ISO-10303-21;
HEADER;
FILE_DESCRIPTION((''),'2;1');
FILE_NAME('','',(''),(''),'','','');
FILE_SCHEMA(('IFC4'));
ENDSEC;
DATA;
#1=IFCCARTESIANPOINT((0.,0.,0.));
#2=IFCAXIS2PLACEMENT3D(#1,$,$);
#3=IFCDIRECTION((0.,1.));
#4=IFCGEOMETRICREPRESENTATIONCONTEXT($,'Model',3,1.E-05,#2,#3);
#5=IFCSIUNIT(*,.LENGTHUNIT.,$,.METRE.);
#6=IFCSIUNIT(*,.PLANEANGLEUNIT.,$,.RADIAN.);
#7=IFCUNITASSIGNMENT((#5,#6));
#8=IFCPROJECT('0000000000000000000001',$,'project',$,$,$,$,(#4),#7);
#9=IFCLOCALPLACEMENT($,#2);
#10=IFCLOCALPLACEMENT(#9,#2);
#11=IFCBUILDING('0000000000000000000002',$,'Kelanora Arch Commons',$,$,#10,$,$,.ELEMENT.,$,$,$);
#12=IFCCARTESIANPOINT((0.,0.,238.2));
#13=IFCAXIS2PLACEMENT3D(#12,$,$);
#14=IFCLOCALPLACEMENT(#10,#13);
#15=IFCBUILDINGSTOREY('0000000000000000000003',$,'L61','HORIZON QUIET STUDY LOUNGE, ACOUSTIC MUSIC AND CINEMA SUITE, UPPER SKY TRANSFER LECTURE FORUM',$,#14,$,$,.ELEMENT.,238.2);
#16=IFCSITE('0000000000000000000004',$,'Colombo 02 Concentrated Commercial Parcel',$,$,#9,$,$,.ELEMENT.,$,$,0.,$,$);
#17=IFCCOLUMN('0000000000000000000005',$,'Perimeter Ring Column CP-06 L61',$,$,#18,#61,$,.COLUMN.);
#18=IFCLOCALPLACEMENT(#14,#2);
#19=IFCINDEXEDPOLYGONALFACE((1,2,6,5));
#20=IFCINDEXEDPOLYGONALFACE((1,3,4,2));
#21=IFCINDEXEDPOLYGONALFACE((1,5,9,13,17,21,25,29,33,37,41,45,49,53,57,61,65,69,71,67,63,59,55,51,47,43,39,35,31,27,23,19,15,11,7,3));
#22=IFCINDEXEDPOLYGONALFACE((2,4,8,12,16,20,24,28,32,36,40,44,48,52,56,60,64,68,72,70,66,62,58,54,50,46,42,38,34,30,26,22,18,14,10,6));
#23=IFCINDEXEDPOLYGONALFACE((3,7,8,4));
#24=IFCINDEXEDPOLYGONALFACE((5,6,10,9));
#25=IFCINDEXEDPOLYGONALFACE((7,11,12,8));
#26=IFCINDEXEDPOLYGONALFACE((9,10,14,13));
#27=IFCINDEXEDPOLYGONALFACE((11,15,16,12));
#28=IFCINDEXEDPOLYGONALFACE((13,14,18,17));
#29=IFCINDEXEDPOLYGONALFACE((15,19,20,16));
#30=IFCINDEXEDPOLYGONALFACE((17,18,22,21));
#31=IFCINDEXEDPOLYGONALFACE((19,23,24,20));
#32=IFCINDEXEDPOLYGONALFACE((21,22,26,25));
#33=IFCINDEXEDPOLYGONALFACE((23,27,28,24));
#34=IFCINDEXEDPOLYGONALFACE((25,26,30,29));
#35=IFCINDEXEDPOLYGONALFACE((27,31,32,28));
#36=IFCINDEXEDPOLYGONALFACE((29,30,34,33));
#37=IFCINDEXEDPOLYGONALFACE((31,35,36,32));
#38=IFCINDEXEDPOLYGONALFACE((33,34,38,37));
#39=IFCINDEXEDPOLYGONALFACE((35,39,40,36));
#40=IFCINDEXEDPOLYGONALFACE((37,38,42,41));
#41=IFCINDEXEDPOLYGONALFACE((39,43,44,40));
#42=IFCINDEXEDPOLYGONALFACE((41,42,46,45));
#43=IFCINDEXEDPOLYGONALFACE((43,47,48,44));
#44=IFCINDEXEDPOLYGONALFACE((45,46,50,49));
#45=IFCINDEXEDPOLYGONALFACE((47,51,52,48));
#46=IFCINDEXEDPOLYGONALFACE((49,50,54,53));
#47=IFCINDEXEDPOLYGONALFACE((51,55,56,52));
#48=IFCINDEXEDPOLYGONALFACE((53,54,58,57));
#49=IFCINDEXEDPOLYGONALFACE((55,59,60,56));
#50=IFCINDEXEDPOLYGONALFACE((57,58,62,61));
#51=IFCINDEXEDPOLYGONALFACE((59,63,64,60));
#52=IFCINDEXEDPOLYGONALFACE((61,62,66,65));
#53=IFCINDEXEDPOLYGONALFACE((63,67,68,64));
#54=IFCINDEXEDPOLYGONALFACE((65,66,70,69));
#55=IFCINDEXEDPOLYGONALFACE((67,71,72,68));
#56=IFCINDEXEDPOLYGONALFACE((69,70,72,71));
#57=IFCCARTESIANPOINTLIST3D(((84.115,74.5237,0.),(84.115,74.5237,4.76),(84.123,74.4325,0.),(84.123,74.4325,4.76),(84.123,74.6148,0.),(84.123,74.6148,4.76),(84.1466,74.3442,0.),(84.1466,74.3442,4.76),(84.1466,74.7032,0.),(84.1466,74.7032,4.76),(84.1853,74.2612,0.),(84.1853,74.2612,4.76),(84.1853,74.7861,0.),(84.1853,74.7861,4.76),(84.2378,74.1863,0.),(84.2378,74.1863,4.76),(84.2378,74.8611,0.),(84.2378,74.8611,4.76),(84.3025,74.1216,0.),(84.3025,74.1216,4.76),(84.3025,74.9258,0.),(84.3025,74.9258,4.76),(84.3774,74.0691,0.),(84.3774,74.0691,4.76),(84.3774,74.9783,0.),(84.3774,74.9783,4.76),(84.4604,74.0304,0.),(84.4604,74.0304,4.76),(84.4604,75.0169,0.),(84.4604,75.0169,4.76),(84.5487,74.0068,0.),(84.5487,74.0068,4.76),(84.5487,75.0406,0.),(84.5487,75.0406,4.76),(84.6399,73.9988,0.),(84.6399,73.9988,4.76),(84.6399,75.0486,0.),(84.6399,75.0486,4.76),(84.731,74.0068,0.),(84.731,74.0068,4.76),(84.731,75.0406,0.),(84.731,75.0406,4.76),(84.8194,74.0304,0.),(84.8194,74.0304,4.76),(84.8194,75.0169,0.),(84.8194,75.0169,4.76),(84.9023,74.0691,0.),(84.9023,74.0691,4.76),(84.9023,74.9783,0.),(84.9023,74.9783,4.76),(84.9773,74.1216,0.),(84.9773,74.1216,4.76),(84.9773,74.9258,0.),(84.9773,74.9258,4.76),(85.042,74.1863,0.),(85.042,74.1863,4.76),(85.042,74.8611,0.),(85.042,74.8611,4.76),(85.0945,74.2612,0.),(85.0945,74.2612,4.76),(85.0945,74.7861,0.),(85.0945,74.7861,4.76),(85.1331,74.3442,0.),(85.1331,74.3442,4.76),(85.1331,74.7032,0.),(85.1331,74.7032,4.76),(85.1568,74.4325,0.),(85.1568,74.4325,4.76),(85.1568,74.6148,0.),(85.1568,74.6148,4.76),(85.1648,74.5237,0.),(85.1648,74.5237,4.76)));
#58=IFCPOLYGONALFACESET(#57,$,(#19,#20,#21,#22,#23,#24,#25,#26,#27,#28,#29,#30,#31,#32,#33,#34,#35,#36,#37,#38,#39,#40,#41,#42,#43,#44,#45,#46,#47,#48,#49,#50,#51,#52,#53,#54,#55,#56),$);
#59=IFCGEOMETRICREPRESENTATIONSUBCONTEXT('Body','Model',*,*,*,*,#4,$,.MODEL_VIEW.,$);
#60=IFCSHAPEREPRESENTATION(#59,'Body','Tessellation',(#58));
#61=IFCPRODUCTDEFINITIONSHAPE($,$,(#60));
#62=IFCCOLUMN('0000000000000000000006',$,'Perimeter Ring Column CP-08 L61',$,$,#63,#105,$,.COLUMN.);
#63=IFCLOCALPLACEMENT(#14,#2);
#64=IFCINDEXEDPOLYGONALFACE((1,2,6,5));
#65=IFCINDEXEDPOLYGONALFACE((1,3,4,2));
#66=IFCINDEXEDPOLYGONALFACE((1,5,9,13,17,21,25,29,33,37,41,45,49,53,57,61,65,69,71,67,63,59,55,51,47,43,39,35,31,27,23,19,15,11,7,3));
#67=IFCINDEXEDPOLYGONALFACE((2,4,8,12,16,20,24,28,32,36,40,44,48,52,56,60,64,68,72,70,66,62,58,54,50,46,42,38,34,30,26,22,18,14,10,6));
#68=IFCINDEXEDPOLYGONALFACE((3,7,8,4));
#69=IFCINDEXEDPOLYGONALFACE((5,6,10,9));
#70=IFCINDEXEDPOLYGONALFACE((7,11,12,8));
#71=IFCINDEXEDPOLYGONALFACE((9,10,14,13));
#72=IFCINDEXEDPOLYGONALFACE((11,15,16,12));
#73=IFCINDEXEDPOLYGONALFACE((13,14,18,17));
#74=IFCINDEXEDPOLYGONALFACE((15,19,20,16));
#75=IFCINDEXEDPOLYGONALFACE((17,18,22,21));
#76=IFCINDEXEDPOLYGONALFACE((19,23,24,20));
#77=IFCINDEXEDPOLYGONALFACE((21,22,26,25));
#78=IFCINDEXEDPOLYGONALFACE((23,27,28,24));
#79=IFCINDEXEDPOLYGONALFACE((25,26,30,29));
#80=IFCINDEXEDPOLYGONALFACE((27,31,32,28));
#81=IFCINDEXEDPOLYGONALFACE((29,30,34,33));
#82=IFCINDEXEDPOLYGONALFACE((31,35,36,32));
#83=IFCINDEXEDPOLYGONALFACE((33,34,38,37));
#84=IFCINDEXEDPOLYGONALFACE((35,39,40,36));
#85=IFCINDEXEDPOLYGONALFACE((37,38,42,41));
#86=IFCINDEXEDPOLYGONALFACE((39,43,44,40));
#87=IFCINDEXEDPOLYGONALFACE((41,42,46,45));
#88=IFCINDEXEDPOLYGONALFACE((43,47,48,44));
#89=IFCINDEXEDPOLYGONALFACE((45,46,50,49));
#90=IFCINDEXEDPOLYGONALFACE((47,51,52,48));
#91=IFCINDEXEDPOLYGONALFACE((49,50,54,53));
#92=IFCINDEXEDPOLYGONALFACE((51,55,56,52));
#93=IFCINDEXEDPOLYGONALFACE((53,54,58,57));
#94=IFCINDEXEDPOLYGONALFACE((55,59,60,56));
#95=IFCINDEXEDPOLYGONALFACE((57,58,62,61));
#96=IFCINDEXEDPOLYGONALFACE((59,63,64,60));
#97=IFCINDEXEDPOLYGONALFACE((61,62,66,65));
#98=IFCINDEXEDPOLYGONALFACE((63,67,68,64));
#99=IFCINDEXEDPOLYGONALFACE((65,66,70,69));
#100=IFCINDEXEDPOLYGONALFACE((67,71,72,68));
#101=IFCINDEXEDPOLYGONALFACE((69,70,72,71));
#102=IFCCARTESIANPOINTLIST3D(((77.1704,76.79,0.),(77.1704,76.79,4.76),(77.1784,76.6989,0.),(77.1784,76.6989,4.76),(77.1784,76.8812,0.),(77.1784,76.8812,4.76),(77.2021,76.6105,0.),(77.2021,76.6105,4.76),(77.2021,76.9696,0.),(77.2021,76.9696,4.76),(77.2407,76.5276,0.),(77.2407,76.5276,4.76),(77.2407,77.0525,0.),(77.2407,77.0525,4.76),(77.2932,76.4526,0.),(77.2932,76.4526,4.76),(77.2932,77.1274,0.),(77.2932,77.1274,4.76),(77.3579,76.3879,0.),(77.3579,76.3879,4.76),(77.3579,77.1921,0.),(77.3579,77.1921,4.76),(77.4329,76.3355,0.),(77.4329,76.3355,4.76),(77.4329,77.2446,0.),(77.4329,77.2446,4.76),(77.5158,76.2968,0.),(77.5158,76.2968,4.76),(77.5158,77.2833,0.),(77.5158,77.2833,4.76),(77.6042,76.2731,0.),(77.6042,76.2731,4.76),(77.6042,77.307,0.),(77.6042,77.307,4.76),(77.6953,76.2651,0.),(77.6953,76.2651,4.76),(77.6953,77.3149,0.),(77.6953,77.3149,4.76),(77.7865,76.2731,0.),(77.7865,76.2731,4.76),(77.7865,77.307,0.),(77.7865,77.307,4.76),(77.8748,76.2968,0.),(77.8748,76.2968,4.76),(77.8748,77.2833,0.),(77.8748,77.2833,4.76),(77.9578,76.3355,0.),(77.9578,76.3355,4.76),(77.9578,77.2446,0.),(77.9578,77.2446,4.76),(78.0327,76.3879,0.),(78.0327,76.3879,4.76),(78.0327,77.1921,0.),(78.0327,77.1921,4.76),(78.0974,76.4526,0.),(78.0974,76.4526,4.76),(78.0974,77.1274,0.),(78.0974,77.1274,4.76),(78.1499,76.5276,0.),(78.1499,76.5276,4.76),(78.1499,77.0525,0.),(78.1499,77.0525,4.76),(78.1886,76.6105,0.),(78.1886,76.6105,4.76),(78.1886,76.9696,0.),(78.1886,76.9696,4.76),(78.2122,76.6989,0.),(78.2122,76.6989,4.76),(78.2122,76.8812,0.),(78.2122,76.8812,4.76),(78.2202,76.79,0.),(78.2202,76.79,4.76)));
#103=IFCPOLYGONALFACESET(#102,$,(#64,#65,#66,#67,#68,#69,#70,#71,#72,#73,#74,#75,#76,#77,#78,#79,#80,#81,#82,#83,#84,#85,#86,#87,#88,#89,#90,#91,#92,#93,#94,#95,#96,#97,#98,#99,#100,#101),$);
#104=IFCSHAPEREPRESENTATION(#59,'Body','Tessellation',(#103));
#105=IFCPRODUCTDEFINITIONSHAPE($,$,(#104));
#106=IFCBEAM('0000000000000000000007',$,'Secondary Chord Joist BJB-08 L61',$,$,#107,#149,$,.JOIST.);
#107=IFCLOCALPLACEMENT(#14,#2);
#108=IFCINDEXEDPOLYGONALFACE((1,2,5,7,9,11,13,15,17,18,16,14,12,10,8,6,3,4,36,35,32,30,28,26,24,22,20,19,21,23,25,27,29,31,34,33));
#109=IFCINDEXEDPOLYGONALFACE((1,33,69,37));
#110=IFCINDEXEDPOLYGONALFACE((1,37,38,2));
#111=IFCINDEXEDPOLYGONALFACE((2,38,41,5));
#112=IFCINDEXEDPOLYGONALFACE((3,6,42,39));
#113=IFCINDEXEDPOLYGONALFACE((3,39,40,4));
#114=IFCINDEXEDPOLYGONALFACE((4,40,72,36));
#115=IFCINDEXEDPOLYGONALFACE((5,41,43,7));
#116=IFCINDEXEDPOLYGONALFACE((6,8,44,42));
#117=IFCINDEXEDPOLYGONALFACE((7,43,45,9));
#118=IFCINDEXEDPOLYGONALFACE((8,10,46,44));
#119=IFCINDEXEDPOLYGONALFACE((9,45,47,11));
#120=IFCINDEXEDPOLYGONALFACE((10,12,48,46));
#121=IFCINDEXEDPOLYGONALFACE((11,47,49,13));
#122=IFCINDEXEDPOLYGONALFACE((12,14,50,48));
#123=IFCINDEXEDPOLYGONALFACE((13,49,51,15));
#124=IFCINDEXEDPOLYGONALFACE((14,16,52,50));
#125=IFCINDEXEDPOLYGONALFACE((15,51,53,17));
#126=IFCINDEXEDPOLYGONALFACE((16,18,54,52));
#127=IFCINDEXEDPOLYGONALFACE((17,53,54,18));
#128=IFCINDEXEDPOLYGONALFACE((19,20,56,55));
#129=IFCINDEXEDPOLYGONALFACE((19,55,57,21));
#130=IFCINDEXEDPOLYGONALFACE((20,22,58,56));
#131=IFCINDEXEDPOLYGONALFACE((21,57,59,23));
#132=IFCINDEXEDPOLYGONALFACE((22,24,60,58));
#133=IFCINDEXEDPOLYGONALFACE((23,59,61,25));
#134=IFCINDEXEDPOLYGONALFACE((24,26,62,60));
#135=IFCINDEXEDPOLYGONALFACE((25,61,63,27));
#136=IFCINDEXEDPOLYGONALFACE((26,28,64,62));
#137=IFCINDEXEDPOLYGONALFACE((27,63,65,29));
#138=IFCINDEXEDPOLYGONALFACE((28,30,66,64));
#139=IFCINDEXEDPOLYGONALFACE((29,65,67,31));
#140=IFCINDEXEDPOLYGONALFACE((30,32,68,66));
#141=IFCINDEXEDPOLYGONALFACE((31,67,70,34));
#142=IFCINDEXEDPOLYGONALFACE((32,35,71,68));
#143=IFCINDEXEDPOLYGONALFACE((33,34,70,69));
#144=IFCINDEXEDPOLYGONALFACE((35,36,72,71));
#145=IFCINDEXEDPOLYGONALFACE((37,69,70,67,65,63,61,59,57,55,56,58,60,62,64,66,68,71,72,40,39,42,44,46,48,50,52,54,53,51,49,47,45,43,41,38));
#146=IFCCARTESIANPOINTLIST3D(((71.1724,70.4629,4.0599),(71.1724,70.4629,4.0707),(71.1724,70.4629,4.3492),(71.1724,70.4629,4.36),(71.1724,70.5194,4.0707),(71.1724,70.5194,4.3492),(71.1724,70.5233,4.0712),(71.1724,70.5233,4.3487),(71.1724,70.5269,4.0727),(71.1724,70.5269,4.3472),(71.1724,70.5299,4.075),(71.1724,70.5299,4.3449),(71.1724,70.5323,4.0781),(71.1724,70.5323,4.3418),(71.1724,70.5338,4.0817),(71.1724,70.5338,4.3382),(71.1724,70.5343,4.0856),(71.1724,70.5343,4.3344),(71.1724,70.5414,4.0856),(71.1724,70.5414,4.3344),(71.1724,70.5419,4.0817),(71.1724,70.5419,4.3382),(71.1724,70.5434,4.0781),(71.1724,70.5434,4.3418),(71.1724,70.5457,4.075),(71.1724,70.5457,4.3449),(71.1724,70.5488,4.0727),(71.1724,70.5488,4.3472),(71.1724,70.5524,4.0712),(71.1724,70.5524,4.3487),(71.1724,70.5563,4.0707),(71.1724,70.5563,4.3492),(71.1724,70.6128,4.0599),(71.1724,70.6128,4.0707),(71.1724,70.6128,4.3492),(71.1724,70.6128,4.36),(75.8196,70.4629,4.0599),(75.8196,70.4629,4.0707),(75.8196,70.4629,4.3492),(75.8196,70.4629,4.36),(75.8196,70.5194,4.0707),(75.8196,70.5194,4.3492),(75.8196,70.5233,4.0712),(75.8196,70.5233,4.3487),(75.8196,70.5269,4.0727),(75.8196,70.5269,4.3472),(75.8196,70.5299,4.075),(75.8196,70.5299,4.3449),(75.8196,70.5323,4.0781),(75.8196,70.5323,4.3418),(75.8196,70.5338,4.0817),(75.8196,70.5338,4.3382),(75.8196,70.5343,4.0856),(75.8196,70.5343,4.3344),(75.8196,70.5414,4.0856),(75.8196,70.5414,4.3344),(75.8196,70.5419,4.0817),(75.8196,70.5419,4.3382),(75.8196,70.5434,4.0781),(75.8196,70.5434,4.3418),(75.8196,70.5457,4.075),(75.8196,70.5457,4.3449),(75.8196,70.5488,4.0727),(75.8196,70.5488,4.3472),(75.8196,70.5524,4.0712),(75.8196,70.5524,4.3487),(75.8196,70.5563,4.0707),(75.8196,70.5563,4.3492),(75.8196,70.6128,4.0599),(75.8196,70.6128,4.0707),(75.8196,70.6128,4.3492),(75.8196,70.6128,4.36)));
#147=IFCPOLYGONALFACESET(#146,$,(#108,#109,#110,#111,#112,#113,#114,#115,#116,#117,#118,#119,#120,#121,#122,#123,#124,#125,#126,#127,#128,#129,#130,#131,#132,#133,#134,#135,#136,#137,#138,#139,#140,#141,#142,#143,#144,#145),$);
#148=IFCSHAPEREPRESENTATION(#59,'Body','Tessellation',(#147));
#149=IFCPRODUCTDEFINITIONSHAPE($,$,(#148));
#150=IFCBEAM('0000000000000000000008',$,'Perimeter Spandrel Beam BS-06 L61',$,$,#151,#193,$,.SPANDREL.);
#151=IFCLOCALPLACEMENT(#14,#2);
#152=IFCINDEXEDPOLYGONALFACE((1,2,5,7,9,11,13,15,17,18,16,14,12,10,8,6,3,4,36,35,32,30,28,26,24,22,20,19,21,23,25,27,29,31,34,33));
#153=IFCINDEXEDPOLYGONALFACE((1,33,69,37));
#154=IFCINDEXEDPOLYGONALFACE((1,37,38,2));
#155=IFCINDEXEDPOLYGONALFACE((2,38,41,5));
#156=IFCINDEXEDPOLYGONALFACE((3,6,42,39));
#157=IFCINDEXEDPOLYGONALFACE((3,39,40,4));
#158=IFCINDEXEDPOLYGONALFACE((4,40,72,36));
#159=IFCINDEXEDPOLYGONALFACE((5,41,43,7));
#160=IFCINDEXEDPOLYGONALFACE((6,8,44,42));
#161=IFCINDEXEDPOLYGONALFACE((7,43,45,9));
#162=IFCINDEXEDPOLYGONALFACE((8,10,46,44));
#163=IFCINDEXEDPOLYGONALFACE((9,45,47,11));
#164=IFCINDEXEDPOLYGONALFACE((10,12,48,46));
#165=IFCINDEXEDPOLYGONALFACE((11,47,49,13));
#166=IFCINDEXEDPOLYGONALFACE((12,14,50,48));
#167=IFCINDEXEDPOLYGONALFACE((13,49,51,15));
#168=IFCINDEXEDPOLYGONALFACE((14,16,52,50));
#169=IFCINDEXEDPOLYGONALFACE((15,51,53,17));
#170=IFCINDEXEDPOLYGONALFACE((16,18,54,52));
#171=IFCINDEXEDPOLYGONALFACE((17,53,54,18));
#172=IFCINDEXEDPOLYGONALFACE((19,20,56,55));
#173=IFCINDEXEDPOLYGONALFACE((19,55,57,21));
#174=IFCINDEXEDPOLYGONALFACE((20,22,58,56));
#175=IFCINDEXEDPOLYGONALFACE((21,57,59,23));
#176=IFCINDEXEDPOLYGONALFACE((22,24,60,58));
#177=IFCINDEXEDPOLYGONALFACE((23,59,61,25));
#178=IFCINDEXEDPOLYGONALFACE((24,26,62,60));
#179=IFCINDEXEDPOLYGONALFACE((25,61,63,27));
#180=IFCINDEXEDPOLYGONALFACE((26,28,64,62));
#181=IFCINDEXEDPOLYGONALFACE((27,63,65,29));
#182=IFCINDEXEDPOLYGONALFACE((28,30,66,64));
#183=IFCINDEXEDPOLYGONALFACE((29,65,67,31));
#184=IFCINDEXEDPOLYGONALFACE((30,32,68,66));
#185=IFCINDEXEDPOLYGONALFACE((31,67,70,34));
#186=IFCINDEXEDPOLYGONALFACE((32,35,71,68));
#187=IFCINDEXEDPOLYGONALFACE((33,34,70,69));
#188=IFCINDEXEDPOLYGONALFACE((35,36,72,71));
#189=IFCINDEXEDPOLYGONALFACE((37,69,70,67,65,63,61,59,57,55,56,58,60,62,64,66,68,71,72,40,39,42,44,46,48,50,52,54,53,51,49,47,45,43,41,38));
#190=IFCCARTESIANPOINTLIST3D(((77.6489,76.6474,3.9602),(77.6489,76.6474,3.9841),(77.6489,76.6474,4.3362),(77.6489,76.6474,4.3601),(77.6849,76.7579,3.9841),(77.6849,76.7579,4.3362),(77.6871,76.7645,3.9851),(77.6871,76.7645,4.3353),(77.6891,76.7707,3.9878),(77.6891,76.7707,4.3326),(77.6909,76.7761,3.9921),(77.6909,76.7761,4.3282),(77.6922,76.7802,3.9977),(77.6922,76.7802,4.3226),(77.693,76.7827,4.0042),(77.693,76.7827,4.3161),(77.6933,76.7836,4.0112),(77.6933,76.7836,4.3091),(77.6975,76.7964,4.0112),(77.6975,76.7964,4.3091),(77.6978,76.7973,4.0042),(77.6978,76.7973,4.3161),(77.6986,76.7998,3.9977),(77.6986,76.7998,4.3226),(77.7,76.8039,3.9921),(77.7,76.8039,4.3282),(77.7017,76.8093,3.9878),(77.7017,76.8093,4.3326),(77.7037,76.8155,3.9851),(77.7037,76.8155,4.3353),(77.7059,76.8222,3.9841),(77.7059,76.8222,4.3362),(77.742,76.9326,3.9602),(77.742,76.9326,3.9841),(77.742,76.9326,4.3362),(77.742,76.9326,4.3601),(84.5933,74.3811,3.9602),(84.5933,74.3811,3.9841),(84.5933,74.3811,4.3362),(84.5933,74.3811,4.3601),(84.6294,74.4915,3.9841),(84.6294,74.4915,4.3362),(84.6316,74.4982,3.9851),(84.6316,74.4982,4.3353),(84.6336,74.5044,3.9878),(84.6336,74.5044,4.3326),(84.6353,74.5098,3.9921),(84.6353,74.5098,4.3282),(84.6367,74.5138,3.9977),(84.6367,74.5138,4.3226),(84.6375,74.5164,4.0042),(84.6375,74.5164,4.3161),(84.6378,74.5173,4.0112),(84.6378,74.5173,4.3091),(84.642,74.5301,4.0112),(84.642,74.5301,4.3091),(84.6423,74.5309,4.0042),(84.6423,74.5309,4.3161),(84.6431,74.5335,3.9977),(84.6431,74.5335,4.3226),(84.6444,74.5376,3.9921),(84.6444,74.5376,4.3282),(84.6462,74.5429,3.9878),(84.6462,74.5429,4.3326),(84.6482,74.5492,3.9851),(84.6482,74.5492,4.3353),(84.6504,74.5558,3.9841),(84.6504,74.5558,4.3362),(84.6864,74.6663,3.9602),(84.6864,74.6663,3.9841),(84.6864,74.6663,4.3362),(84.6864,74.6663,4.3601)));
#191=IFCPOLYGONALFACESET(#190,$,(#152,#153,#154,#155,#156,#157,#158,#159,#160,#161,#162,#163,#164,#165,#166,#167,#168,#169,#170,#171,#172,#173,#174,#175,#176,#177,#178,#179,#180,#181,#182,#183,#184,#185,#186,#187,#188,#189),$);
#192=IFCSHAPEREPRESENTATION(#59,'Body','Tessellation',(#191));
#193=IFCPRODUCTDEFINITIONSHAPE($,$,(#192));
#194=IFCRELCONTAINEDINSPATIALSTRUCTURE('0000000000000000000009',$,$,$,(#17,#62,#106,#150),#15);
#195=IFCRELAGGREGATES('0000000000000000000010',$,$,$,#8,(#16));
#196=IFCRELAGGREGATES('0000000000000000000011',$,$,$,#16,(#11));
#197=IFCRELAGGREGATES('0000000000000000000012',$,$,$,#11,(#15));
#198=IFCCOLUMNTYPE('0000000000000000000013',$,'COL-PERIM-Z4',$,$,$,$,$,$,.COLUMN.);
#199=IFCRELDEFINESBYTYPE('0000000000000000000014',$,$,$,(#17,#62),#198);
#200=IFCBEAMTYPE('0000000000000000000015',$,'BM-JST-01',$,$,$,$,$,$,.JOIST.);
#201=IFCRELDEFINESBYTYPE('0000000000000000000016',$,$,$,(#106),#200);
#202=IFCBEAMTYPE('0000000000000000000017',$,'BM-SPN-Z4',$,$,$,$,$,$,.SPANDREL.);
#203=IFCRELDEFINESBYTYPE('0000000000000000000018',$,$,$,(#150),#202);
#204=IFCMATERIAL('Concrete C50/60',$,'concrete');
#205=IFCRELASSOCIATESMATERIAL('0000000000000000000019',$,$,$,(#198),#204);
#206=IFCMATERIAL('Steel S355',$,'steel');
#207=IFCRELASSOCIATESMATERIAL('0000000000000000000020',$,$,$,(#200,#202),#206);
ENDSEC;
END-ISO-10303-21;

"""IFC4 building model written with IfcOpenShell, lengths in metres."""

from ifc_helpers import new_model, si_unit, direction, frame, origin, origin_2d, place, context, subcontext, project, spatial, circle, i_section, extrude, material, material_profile, profile_set, type_object, element, save


model = new_model("IFC4")

# Units and contexts
model_context = context("Model", 3, precision=1e-05, world=origin(), true_north=direction((0.0, 1.0)))
body_context = subcontext(model_context, "Body", "Model", "MODEL_VIEW")
ifc_project = project(units=[si_unit("LENGTHUNIT", "METRE"), si_unit("PLANEANGLEUNIT", "RADIAN")], contexts=[model_context])

# Site, building, storey
site_placement = place(None, origin())
site = spatial("IfcSite", under=ifc_project, at=site_placement, Name="Colombo 02 Concentrated Commercial Parcel", CompositionType="ELEMENT", RefElevation=0.0)
building_placement = place(site_placement, origin())
building = spatial("IfcBuilding", under=site, at=building_placement, Name="Kelanora Arch Commons", CompositionType="ELEMENT")
storey_placement = place(building_placement, frame((0.0, 0.0, 238.2)))
storey = spatial("IfcBuildingStorey", under=building, at=storey_placement, Name="L61", Description="HORIZON QUIET STUDY LOUNGE, ACOUSTIC MUSIC AND CINEMA SUITE, UPPER SKY TRANSFER LECTURE FORUM", CompositionType="ELEMENT", Elevation=238.2)

# Columns
ifc_material_1 = material(Name="Concrete C50/60", Category="concrete")
ifc_material_profile_1 = material_profile(ifc_material_1, circle(Radius=0.5249, at=origin_2d()), Name="RCC1050")
ifc_profile_set_1 = profile_set([ifc_material_profile_1], Name="Concrete C50/60")
column_type = type_object("IfcColumnType", Name="COL-PERIM-Z4", PredefinedType="COLUMN", material=ifc_profile_set_1)
for number, where, z_axis, x_axis, name in (
    (1, (84.6399, 74.5237, 0.0), (0.0, 0.0, 1.0), (1.0, 0.0, 0.0), "Perimeter Ring Column CP-06 L61"),
    (2, (77.6953, 76.79, 0.0), (0.0, 0.0, 1.0), (1.0, 0.0, 0.0), "Perimeter Ring Column CP-08 L61"),
):
    element("IfcColumn", number, at=place(storey_placement, frame(where, z_axis=z_axis, x_axis=x_axis)), inside=storey, type_object=column_type, Name=name, PredefinedType="COLUMN", context=body_context, shape_type="SweptSolid", body=[
        extrude(circle(Radius=0.5249, at=origin_2d()), origin(), (0.0, 0.0, 1.0), 4.76),
    ])

# Beams
ifc_material_2 = material(Name="Steel S355", Category="steel")
ifc_material_profile_2 = material_profile(ifc_material_2, i_section(OverallWidth=0.1499, OverallDepth=0.3, WebThickness=0.0071, FlangeThickness=0.0107, FilletRadius=0.0149, at=origin_2d()), Name="IPE300")
ifc_profile_set_2 = profile_set([ifc_material_profile_2], Name="Steel S355")
beam_type_1 = type_object("IfcBeamType", Name="BM-JST-01", PredefinedType="JOIST", material=ifc_profile_set_2)
beam_1_placement = place(storey_placement, frame((75.8196, 70.5378, 4.21), z_axis=(-1.0, 0.0, 0.0), x_axis=(0.0, -1.0, 0.0)))
element("IfcBeam", 3, at=beam_1_placement, inside=storey, type_object=beam_type_1, Name="Secondary Chord Joist BJB-08 L61", PredefinedType="JOIST", context=body_context, shape_type="SweptSolid", body=[
    extrude(i_section(OverallWidth=0.1499, OverallDepth=0.3, WebThickness=0.0071, FlangeThickness=0.0107, FilletRadius=0.0149, at=origin_2d()), origin(), (0.0, 0.0, 1.0), 4.6472),
])
ifc_material_profile_3 = material_profile(ifc_material_2, i_section(OverallWidth=0.3, OverallDepth=0.3999, WebThickness=0.0134, FlangeThickness=0.0239, FilletRadius=0.0271, at=origin_2d()), Name="HEB400")
ifc_profile_set_3 = profile_set([ifc_material_profile_3], Name="Steel S355")
beam_type_2 = type_object("IfcBeamType", Name="BM-SPN-Z4", PredefinedType="SPANDREL", material=ifc_profile_set_3)
beam_2_placement = place(storey_placement, frame((84.6399, 74.5237, 4.1602), z_axis=(-0.950656, 0.310246, 0.0), x_axis=(-0.310246, -0.950656, 0.0)))
element("IfcBeam", 4, at=beam_2_placement, inside=storey, type_object=beam_type_2, Name="Perimeter Spandrel Beam BS-06 L61", PredefinedType="SPANDREL", context=body_context, shape_type="SweptSolid", body=[
    extrude(i_section(OverallWidth=0.3, OverallDepth=0.3999, WebThickness=0.0134, FlangeThickness=0.0239, FilletRadius=0.0271, at=origin_2d()), origin(), (0.0, 0.0, 1.0), 7.3049),
])

save(model, "model.ifc")
